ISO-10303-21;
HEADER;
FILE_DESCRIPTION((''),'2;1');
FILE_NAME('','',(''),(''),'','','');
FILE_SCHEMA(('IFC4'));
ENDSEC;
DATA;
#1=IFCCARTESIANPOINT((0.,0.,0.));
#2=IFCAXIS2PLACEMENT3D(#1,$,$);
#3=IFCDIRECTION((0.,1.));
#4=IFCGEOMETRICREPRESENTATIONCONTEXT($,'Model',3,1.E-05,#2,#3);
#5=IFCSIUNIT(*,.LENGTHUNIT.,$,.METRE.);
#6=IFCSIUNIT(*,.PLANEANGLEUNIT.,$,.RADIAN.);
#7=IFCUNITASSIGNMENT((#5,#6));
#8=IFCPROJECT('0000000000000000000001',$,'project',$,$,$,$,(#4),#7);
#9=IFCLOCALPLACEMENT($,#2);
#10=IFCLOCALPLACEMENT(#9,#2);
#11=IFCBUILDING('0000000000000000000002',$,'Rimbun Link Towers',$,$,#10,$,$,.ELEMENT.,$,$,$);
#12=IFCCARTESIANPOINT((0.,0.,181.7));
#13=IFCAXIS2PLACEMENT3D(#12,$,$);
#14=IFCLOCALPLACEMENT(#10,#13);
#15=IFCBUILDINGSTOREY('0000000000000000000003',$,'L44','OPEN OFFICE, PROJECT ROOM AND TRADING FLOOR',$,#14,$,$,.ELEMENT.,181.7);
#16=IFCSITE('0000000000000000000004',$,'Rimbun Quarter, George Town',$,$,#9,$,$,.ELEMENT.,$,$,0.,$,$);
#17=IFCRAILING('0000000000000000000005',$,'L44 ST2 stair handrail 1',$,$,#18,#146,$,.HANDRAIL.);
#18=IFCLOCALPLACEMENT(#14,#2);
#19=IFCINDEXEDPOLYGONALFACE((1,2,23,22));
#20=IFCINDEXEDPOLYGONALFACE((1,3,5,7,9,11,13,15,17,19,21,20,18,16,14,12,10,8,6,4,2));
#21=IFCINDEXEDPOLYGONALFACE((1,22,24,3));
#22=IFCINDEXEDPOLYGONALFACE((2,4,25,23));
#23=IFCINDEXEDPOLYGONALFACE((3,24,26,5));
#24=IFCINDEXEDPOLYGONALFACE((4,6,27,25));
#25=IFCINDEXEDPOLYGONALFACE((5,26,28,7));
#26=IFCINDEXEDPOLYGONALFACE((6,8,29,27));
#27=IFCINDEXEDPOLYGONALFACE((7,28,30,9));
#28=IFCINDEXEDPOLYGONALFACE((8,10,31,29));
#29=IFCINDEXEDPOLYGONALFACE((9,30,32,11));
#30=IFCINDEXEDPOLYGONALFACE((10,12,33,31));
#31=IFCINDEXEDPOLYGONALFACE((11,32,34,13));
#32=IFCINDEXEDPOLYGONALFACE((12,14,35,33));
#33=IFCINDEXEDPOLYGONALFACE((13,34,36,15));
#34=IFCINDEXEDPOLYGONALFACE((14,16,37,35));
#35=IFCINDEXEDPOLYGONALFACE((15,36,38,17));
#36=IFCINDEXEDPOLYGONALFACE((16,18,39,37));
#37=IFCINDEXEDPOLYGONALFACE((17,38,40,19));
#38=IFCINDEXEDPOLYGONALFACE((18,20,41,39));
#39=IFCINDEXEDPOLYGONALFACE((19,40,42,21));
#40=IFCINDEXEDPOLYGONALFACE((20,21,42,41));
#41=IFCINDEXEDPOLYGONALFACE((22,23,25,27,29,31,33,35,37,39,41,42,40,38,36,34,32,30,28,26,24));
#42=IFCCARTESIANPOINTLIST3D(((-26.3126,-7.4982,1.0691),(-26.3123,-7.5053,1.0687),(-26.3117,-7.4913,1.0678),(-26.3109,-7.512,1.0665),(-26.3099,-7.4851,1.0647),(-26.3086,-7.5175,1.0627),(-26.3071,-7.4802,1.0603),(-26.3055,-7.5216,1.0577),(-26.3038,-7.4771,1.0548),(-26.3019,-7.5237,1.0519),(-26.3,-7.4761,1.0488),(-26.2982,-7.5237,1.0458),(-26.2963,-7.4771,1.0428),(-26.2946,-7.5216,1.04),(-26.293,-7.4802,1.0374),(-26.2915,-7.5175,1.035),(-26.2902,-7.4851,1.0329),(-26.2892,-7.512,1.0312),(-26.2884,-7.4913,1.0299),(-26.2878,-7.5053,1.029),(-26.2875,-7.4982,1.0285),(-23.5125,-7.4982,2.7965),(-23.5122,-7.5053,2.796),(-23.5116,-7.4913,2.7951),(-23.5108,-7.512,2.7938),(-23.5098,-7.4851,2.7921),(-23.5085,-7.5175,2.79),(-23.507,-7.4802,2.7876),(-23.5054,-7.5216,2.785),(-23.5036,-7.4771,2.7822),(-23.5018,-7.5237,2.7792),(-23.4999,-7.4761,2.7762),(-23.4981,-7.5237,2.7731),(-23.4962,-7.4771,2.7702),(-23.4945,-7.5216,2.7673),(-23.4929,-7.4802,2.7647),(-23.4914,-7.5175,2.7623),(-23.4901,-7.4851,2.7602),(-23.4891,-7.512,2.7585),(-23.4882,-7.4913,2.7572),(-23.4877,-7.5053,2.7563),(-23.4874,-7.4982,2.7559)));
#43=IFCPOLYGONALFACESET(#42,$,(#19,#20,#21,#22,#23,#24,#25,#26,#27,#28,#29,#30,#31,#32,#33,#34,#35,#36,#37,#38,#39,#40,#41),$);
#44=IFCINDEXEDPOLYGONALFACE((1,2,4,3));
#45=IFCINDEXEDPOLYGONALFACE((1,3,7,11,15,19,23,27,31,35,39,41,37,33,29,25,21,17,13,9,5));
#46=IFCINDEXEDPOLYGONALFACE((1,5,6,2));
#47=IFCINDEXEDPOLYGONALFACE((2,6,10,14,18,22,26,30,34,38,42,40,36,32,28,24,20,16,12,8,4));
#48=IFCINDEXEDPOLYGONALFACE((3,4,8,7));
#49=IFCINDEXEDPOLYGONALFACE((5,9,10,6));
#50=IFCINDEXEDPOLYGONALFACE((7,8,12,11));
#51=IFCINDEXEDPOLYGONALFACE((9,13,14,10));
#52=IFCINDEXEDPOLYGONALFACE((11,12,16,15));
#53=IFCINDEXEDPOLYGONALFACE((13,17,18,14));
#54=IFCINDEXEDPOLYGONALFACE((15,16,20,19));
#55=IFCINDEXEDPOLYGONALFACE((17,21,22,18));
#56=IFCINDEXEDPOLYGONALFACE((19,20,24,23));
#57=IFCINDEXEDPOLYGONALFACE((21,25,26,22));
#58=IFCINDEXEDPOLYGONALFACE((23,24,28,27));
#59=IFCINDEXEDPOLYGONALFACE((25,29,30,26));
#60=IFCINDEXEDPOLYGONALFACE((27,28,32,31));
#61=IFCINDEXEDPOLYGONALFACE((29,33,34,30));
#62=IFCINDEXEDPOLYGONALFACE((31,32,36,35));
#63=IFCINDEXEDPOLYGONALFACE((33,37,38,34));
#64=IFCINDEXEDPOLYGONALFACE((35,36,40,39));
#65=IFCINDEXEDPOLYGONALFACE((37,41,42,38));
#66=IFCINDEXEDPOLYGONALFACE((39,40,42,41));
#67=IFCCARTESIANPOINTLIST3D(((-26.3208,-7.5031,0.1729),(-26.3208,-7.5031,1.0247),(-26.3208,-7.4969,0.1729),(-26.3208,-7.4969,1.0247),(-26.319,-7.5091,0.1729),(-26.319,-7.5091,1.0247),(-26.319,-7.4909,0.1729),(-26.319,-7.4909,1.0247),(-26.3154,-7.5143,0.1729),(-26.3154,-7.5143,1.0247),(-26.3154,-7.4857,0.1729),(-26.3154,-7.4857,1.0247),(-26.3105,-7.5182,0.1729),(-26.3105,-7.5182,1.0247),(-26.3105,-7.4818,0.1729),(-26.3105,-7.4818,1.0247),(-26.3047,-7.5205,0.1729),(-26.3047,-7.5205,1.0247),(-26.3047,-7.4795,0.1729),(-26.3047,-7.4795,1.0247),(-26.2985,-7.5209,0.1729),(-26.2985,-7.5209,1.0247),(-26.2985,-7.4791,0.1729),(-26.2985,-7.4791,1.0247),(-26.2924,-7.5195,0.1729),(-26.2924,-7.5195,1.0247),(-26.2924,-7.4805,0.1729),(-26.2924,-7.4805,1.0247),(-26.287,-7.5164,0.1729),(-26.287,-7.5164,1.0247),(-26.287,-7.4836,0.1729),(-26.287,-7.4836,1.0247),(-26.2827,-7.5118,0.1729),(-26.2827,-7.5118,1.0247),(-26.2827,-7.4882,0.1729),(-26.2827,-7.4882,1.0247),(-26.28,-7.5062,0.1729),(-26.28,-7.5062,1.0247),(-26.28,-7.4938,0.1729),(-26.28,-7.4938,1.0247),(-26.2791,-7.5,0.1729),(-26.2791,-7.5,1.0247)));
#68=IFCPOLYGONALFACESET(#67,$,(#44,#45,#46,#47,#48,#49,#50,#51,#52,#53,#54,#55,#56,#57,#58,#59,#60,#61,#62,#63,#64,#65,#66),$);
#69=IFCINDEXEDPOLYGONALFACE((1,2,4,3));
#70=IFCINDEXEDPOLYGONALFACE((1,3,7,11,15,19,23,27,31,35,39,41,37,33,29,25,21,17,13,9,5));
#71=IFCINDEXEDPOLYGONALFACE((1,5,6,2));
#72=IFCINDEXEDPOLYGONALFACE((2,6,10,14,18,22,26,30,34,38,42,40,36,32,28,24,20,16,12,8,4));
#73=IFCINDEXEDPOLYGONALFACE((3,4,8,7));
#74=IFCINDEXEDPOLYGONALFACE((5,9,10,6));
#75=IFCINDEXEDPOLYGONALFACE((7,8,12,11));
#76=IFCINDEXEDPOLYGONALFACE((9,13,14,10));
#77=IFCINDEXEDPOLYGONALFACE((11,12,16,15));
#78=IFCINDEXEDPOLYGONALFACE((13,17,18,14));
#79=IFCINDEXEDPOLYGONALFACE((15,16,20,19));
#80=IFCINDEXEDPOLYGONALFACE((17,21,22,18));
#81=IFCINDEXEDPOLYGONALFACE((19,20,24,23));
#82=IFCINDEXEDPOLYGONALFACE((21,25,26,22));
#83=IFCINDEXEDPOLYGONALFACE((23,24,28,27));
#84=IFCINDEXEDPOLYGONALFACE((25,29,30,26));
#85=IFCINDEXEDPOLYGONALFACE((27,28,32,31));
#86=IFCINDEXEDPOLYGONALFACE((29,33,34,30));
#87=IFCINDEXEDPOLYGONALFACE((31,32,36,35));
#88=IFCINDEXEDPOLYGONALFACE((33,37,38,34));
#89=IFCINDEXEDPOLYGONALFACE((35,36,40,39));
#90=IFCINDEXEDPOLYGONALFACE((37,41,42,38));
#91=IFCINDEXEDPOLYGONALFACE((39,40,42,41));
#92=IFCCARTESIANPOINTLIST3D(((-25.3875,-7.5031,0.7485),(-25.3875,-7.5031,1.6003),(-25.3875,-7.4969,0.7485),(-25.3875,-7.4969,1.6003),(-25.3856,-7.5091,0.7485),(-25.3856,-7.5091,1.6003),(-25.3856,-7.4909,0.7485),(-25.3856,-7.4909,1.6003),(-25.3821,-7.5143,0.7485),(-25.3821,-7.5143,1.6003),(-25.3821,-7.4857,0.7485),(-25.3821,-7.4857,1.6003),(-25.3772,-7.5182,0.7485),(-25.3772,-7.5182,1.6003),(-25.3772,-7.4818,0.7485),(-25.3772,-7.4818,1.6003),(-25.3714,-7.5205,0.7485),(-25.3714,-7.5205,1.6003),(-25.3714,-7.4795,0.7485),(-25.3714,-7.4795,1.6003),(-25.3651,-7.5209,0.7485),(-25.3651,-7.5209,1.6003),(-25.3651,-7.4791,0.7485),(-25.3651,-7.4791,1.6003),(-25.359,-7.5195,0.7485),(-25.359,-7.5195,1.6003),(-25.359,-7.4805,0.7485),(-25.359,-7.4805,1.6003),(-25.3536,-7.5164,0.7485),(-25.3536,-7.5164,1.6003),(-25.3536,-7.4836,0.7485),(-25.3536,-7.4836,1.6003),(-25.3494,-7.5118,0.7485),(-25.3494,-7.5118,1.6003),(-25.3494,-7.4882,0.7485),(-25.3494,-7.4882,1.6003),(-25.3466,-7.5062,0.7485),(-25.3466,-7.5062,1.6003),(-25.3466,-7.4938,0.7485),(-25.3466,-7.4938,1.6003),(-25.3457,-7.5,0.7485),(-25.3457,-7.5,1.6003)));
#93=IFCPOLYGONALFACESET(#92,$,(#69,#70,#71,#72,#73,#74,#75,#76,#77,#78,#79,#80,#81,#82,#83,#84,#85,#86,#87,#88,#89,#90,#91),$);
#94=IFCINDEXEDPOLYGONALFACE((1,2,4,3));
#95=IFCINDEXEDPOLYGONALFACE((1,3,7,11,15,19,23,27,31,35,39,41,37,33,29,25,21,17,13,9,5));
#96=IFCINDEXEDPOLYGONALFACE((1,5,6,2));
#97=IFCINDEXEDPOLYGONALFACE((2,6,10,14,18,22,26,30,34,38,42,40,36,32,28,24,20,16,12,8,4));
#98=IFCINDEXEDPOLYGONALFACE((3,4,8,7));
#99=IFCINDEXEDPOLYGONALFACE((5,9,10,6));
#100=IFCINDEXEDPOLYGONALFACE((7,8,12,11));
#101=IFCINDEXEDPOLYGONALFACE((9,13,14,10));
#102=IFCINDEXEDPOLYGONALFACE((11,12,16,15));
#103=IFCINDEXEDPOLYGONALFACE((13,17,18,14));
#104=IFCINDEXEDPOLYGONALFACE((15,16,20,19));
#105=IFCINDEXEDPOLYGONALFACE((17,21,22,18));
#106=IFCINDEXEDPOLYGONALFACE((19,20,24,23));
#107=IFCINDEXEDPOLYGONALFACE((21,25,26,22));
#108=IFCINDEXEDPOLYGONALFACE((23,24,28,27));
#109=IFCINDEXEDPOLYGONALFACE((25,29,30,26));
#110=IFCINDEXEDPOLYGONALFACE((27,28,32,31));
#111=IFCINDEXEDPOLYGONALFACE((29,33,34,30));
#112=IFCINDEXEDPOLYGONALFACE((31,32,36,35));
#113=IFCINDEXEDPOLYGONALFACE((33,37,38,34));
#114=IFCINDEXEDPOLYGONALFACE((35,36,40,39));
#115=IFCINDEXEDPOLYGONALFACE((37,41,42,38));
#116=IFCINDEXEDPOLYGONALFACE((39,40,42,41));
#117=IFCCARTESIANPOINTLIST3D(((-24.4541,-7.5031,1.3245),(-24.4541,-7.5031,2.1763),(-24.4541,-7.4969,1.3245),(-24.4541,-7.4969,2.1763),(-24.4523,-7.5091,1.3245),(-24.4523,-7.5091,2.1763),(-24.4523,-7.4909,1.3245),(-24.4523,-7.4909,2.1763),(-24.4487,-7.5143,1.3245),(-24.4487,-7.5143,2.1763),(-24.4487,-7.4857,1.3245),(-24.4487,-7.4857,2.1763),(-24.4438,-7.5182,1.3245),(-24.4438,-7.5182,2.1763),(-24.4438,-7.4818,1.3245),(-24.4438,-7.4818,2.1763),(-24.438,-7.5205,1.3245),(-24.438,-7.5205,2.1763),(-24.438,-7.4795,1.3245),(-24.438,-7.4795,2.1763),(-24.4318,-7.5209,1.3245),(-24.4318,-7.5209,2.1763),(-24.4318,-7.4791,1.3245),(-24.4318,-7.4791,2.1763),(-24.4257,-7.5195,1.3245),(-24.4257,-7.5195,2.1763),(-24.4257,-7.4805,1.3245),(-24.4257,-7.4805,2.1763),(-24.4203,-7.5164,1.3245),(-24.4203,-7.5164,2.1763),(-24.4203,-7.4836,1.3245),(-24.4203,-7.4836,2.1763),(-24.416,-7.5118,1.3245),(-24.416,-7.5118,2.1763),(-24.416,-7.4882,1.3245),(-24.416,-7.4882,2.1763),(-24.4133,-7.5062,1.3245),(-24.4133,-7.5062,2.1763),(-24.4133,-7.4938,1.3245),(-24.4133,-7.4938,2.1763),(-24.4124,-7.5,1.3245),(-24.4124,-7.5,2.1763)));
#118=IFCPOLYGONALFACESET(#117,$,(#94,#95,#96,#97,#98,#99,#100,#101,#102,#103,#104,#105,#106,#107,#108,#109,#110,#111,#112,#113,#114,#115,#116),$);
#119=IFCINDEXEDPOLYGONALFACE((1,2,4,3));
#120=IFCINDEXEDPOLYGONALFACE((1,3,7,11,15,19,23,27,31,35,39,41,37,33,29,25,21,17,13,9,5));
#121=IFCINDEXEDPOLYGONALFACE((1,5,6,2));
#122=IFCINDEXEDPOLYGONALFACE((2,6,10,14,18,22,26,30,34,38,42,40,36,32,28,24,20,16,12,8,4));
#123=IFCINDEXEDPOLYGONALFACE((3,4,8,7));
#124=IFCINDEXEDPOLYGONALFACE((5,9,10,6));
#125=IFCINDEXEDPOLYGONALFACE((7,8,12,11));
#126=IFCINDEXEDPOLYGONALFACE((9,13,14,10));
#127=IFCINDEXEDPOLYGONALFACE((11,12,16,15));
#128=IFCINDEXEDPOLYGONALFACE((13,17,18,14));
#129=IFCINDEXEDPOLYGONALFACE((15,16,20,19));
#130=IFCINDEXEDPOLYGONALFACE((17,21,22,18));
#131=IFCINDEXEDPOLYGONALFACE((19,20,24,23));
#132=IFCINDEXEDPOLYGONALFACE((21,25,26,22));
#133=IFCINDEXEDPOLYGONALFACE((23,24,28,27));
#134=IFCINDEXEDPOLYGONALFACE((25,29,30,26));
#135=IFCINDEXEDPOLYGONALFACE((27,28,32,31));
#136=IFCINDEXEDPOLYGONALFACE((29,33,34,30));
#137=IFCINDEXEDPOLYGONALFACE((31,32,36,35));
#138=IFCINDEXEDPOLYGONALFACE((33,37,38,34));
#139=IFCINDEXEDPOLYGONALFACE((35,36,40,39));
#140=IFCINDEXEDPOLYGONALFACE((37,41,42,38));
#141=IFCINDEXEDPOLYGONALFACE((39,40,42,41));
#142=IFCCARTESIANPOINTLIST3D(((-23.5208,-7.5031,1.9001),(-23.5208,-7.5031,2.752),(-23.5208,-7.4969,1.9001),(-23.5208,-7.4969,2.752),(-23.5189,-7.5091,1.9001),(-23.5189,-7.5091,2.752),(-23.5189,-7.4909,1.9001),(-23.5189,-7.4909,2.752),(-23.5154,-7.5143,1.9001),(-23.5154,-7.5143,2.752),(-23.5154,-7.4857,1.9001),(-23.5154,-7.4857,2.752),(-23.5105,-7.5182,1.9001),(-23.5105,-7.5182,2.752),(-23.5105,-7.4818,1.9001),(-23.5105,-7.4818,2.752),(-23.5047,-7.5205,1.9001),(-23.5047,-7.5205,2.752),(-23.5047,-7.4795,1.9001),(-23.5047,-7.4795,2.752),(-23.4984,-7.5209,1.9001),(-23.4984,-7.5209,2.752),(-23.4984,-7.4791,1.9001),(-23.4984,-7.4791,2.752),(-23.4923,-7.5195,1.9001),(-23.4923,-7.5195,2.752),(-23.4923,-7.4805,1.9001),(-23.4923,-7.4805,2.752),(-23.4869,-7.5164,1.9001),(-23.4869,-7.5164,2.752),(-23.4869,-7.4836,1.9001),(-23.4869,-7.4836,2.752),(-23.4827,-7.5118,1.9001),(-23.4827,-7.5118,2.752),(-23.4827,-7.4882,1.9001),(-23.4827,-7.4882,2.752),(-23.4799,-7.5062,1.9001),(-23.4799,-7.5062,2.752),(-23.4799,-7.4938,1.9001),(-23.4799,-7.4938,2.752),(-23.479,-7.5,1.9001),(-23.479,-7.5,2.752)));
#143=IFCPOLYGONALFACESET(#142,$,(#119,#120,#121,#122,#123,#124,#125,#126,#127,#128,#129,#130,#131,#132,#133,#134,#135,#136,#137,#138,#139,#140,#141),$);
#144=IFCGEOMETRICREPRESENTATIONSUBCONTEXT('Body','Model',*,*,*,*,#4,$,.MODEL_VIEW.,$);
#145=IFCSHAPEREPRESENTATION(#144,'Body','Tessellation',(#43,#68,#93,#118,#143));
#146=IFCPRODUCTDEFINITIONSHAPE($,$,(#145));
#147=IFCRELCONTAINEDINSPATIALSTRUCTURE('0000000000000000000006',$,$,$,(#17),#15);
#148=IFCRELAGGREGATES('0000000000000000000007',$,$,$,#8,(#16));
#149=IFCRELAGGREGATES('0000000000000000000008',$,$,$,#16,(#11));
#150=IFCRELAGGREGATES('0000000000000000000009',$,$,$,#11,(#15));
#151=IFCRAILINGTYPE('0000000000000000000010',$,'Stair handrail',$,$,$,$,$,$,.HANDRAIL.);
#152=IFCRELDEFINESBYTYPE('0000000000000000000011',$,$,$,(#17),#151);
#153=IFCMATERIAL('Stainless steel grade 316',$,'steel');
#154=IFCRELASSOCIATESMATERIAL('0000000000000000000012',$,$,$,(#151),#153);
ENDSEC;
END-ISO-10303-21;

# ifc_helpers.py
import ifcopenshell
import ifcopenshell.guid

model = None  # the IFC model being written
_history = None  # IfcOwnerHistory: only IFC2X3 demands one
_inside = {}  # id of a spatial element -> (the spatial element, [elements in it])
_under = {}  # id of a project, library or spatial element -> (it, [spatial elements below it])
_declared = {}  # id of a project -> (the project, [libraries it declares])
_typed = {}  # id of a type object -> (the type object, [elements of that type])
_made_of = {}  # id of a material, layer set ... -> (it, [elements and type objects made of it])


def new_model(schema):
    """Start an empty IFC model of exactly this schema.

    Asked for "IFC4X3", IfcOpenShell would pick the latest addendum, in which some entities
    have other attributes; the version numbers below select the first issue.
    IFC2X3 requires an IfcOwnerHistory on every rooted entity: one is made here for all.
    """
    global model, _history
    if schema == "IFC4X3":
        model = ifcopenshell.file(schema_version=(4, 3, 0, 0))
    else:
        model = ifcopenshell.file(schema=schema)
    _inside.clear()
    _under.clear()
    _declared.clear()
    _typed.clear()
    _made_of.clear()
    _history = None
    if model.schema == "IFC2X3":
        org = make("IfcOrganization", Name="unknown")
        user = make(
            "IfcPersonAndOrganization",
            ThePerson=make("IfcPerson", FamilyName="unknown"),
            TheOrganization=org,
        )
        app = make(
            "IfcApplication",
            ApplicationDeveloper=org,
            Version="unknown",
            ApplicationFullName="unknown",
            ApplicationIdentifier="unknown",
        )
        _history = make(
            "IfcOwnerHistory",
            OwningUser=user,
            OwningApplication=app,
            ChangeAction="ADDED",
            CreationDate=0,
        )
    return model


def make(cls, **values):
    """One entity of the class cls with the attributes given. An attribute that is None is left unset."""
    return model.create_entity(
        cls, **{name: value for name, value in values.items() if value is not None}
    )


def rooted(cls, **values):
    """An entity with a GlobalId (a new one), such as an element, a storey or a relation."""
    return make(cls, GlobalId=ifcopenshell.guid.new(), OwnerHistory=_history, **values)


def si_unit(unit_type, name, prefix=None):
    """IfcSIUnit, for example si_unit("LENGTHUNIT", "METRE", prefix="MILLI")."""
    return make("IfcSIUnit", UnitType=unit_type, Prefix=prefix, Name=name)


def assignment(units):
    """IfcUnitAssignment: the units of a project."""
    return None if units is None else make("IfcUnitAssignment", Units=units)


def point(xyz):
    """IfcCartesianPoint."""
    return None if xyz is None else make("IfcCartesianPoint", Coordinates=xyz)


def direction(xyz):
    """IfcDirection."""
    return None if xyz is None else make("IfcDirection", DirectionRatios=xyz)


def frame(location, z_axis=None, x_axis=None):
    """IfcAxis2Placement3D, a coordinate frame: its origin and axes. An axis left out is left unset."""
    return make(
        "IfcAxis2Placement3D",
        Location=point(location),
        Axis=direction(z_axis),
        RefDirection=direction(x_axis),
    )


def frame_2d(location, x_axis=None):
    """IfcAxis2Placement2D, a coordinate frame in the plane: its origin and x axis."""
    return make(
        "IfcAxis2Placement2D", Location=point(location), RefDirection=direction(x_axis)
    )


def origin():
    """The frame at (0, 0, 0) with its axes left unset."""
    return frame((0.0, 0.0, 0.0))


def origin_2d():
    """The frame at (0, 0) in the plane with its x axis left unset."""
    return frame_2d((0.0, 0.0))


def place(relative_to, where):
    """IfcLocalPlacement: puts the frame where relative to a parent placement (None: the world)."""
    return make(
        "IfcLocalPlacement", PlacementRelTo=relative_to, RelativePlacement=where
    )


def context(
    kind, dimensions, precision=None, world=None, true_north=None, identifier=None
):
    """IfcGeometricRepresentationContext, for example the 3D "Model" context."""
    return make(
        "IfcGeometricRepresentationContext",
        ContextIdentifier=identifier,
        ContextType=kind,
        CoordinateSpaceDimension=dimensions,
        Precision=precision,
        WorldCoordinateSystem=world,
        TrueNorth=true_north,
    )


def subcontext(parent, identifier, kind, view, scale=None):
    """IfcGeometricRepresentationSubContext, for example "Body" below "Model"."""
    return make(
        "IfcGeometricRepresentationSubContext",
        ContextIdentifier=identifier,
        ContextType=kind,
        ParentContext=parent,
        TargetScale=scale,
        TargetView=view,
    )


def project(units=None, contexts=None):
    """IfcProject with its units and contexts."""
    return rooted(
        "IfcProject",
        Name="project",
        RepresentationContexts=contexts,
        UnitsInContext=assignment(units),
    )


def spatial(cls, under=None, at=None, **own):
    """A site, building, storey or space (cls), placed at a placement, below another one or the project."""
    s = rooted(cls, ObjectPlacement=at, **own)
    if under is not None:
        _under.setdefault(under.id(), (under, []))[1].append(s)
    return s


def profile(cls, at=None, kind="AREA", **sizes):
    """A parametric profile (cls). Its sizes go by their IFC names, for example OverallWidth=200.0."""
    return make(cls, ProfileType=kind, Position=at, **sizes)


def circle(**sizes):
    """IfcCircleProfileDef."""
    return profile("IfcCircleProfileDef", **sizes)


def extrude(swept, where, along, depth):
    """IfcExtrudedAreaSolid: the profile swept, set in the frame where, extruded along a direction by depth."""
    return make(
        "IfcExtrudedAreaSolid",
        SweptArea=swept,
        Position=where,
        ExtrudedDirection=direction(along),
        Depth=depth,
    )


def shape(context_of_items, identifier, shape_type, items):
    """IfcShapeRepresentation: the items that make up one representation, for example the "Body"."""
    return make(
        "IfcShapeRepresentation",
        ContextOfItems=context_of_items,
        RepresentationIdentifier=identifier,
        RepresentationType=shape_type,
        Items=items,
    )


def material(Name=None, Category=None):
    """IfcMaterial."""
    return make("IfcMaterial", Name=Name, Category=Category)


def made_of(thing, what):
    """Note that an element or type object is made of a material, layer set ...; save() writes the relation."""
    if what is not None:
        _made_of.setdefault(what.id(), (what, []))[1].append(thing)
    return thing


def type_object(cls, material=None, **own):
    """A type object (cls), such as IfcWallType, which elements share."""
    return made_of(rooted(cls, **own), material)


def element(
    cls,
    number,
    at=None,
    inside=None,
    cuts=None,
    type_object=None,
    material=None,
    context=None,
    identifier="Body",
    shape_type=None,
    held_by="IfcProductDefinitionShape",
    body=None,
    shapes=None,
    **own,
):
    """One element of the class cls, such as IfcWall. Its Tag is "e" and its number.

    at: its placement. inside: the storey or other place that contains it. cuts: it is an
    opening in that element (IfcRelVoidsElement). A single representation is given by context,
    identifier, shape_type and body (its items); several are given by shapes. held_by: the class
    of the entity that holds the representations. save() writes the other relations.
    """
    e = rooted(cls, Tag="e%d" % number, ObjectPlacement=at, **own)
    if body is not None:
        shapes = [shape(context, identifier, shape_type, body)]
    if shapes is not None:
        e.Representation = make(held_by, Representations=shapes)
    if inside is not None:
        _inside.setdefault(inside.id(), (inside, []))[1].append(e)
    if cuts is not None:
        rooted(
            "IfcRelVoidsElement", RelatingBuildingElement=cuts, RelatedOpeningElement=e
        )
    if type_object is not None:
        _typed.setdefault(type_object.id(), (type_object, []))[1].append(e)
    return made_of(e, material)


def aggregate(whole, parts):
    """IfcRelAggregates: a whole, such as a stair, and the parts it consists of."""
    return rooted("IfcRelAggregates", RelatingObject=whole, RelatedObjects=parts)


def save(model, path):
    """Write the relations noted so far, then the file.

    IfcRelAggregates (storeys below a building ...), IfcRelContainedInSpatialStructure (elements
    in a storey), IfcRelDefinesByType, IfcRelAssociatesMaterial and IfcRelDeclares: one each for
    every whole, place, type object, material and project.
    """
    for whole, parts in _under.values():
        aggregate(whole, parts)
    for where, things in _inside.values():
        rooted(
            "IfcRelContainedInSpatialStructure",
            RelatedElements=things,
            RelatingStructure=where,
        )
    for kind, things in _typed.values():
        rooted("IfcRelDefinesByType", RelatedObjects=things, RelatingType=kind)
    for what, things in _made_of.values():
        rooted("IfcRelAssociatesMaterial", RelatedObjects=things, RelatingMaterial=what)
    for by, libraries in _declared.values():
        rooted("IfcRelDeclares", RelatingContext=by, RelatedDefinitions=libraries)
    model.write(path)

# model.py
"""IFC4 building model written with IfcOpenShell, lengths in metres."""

from ifc_helpers import new_model, si_unit, direction, frame, origin, origin_2d, place, context, subcontext, project, spatial, circle, extrude, material, type_object, element, save


model = new_model("IFC4")

# Units and contexts
model_context = context("Model", 3, precision=1e-05, world=origin(), true_north=direction((0.0, 1.0)))
body_context = subcontext(model_context, "Body", "Model", "MODEL_VIEW")
ifc_project = project(units=[si_unit("LENGTHUNIT", "METRE"), si_unit("PLANEANGLEUNIT", "RADIAN")], contexts=[model_context])

# Site, building, storey
site_placement = place(None, origin())
site = spatial("IfcSite", under=ifc_project, at=site_placement, Name="Rimbun Quarter, George Town", CompositionType="ELEMENT", RefElevation=0.0)
building_placement = place(site_placement, origin())
building = spatial("IfcBuilding", under=site, at=building_placement, Name="Rimbun Link Towers", CompositionType="ELEMENT")
storey_placement = place(building_placement, frame((0.0, 0.0, 181.7)))
storey = spatial("IfcBuildingStorey", under=building, at=storey_placement, Name="L44", Description="OPEN OFFICE, PROJECT ROOM AND TRADING FLOOR", CompositionType="ELEMENT", Elevation=181.7)

# Railing
ifc_material_1 = material(Name="Stainless steel grade 316", Category="steel")
railing_type_1 = type_object("IfcRailingType", Name="Stair handrail", PredefinedType="HANDRAIL", material=ifc_material_1)
railing_1_placement = place(storey_placement, frame((-26.3, -7.5, 0.1729)))
element("IfcRailing", 1, at=railing_1_placement, inside=storey, type_object=railing_type_1, Name="L44 ST2 stair handrail 1", PredefinedType="HANDRAIL", context=body_context, shape_type="SweptSolid", body=[
    extrude(circle(Radius=0.0239, at=origin_2d()), frame((0.0, 0.0, 0.876), z_axis=(0.85109, 0.0, 0.52502), x_axis=(0.0, 1.0, 0.0)), (0.0, 0.0, 1.0), 3.29),
    extrude(circle(Radius=0.021, at=origin_2d()), origin(), (0.0, 0.0, 1.0), 0.8518),
    extrude(circle(Radius=0.021, at=origin_2d()), frame((0.9333, 0.0, 0.5757)), (0.0, 0.0, 1.0), 0.8518),
    extrude(circle(Radius=0.021, at=origin_2d()), frame((1.8667, 0.0, 1.1516)), (0.0, 0.0, 1.0), 0.8518),
    extrude(circle(Radius=0.021, at=origin_2d()), frame((2.8, 0.0, 1.7273)), (0.0, 0.0, 1.0), 0.8518),
])

save(model, "model.ifc")
